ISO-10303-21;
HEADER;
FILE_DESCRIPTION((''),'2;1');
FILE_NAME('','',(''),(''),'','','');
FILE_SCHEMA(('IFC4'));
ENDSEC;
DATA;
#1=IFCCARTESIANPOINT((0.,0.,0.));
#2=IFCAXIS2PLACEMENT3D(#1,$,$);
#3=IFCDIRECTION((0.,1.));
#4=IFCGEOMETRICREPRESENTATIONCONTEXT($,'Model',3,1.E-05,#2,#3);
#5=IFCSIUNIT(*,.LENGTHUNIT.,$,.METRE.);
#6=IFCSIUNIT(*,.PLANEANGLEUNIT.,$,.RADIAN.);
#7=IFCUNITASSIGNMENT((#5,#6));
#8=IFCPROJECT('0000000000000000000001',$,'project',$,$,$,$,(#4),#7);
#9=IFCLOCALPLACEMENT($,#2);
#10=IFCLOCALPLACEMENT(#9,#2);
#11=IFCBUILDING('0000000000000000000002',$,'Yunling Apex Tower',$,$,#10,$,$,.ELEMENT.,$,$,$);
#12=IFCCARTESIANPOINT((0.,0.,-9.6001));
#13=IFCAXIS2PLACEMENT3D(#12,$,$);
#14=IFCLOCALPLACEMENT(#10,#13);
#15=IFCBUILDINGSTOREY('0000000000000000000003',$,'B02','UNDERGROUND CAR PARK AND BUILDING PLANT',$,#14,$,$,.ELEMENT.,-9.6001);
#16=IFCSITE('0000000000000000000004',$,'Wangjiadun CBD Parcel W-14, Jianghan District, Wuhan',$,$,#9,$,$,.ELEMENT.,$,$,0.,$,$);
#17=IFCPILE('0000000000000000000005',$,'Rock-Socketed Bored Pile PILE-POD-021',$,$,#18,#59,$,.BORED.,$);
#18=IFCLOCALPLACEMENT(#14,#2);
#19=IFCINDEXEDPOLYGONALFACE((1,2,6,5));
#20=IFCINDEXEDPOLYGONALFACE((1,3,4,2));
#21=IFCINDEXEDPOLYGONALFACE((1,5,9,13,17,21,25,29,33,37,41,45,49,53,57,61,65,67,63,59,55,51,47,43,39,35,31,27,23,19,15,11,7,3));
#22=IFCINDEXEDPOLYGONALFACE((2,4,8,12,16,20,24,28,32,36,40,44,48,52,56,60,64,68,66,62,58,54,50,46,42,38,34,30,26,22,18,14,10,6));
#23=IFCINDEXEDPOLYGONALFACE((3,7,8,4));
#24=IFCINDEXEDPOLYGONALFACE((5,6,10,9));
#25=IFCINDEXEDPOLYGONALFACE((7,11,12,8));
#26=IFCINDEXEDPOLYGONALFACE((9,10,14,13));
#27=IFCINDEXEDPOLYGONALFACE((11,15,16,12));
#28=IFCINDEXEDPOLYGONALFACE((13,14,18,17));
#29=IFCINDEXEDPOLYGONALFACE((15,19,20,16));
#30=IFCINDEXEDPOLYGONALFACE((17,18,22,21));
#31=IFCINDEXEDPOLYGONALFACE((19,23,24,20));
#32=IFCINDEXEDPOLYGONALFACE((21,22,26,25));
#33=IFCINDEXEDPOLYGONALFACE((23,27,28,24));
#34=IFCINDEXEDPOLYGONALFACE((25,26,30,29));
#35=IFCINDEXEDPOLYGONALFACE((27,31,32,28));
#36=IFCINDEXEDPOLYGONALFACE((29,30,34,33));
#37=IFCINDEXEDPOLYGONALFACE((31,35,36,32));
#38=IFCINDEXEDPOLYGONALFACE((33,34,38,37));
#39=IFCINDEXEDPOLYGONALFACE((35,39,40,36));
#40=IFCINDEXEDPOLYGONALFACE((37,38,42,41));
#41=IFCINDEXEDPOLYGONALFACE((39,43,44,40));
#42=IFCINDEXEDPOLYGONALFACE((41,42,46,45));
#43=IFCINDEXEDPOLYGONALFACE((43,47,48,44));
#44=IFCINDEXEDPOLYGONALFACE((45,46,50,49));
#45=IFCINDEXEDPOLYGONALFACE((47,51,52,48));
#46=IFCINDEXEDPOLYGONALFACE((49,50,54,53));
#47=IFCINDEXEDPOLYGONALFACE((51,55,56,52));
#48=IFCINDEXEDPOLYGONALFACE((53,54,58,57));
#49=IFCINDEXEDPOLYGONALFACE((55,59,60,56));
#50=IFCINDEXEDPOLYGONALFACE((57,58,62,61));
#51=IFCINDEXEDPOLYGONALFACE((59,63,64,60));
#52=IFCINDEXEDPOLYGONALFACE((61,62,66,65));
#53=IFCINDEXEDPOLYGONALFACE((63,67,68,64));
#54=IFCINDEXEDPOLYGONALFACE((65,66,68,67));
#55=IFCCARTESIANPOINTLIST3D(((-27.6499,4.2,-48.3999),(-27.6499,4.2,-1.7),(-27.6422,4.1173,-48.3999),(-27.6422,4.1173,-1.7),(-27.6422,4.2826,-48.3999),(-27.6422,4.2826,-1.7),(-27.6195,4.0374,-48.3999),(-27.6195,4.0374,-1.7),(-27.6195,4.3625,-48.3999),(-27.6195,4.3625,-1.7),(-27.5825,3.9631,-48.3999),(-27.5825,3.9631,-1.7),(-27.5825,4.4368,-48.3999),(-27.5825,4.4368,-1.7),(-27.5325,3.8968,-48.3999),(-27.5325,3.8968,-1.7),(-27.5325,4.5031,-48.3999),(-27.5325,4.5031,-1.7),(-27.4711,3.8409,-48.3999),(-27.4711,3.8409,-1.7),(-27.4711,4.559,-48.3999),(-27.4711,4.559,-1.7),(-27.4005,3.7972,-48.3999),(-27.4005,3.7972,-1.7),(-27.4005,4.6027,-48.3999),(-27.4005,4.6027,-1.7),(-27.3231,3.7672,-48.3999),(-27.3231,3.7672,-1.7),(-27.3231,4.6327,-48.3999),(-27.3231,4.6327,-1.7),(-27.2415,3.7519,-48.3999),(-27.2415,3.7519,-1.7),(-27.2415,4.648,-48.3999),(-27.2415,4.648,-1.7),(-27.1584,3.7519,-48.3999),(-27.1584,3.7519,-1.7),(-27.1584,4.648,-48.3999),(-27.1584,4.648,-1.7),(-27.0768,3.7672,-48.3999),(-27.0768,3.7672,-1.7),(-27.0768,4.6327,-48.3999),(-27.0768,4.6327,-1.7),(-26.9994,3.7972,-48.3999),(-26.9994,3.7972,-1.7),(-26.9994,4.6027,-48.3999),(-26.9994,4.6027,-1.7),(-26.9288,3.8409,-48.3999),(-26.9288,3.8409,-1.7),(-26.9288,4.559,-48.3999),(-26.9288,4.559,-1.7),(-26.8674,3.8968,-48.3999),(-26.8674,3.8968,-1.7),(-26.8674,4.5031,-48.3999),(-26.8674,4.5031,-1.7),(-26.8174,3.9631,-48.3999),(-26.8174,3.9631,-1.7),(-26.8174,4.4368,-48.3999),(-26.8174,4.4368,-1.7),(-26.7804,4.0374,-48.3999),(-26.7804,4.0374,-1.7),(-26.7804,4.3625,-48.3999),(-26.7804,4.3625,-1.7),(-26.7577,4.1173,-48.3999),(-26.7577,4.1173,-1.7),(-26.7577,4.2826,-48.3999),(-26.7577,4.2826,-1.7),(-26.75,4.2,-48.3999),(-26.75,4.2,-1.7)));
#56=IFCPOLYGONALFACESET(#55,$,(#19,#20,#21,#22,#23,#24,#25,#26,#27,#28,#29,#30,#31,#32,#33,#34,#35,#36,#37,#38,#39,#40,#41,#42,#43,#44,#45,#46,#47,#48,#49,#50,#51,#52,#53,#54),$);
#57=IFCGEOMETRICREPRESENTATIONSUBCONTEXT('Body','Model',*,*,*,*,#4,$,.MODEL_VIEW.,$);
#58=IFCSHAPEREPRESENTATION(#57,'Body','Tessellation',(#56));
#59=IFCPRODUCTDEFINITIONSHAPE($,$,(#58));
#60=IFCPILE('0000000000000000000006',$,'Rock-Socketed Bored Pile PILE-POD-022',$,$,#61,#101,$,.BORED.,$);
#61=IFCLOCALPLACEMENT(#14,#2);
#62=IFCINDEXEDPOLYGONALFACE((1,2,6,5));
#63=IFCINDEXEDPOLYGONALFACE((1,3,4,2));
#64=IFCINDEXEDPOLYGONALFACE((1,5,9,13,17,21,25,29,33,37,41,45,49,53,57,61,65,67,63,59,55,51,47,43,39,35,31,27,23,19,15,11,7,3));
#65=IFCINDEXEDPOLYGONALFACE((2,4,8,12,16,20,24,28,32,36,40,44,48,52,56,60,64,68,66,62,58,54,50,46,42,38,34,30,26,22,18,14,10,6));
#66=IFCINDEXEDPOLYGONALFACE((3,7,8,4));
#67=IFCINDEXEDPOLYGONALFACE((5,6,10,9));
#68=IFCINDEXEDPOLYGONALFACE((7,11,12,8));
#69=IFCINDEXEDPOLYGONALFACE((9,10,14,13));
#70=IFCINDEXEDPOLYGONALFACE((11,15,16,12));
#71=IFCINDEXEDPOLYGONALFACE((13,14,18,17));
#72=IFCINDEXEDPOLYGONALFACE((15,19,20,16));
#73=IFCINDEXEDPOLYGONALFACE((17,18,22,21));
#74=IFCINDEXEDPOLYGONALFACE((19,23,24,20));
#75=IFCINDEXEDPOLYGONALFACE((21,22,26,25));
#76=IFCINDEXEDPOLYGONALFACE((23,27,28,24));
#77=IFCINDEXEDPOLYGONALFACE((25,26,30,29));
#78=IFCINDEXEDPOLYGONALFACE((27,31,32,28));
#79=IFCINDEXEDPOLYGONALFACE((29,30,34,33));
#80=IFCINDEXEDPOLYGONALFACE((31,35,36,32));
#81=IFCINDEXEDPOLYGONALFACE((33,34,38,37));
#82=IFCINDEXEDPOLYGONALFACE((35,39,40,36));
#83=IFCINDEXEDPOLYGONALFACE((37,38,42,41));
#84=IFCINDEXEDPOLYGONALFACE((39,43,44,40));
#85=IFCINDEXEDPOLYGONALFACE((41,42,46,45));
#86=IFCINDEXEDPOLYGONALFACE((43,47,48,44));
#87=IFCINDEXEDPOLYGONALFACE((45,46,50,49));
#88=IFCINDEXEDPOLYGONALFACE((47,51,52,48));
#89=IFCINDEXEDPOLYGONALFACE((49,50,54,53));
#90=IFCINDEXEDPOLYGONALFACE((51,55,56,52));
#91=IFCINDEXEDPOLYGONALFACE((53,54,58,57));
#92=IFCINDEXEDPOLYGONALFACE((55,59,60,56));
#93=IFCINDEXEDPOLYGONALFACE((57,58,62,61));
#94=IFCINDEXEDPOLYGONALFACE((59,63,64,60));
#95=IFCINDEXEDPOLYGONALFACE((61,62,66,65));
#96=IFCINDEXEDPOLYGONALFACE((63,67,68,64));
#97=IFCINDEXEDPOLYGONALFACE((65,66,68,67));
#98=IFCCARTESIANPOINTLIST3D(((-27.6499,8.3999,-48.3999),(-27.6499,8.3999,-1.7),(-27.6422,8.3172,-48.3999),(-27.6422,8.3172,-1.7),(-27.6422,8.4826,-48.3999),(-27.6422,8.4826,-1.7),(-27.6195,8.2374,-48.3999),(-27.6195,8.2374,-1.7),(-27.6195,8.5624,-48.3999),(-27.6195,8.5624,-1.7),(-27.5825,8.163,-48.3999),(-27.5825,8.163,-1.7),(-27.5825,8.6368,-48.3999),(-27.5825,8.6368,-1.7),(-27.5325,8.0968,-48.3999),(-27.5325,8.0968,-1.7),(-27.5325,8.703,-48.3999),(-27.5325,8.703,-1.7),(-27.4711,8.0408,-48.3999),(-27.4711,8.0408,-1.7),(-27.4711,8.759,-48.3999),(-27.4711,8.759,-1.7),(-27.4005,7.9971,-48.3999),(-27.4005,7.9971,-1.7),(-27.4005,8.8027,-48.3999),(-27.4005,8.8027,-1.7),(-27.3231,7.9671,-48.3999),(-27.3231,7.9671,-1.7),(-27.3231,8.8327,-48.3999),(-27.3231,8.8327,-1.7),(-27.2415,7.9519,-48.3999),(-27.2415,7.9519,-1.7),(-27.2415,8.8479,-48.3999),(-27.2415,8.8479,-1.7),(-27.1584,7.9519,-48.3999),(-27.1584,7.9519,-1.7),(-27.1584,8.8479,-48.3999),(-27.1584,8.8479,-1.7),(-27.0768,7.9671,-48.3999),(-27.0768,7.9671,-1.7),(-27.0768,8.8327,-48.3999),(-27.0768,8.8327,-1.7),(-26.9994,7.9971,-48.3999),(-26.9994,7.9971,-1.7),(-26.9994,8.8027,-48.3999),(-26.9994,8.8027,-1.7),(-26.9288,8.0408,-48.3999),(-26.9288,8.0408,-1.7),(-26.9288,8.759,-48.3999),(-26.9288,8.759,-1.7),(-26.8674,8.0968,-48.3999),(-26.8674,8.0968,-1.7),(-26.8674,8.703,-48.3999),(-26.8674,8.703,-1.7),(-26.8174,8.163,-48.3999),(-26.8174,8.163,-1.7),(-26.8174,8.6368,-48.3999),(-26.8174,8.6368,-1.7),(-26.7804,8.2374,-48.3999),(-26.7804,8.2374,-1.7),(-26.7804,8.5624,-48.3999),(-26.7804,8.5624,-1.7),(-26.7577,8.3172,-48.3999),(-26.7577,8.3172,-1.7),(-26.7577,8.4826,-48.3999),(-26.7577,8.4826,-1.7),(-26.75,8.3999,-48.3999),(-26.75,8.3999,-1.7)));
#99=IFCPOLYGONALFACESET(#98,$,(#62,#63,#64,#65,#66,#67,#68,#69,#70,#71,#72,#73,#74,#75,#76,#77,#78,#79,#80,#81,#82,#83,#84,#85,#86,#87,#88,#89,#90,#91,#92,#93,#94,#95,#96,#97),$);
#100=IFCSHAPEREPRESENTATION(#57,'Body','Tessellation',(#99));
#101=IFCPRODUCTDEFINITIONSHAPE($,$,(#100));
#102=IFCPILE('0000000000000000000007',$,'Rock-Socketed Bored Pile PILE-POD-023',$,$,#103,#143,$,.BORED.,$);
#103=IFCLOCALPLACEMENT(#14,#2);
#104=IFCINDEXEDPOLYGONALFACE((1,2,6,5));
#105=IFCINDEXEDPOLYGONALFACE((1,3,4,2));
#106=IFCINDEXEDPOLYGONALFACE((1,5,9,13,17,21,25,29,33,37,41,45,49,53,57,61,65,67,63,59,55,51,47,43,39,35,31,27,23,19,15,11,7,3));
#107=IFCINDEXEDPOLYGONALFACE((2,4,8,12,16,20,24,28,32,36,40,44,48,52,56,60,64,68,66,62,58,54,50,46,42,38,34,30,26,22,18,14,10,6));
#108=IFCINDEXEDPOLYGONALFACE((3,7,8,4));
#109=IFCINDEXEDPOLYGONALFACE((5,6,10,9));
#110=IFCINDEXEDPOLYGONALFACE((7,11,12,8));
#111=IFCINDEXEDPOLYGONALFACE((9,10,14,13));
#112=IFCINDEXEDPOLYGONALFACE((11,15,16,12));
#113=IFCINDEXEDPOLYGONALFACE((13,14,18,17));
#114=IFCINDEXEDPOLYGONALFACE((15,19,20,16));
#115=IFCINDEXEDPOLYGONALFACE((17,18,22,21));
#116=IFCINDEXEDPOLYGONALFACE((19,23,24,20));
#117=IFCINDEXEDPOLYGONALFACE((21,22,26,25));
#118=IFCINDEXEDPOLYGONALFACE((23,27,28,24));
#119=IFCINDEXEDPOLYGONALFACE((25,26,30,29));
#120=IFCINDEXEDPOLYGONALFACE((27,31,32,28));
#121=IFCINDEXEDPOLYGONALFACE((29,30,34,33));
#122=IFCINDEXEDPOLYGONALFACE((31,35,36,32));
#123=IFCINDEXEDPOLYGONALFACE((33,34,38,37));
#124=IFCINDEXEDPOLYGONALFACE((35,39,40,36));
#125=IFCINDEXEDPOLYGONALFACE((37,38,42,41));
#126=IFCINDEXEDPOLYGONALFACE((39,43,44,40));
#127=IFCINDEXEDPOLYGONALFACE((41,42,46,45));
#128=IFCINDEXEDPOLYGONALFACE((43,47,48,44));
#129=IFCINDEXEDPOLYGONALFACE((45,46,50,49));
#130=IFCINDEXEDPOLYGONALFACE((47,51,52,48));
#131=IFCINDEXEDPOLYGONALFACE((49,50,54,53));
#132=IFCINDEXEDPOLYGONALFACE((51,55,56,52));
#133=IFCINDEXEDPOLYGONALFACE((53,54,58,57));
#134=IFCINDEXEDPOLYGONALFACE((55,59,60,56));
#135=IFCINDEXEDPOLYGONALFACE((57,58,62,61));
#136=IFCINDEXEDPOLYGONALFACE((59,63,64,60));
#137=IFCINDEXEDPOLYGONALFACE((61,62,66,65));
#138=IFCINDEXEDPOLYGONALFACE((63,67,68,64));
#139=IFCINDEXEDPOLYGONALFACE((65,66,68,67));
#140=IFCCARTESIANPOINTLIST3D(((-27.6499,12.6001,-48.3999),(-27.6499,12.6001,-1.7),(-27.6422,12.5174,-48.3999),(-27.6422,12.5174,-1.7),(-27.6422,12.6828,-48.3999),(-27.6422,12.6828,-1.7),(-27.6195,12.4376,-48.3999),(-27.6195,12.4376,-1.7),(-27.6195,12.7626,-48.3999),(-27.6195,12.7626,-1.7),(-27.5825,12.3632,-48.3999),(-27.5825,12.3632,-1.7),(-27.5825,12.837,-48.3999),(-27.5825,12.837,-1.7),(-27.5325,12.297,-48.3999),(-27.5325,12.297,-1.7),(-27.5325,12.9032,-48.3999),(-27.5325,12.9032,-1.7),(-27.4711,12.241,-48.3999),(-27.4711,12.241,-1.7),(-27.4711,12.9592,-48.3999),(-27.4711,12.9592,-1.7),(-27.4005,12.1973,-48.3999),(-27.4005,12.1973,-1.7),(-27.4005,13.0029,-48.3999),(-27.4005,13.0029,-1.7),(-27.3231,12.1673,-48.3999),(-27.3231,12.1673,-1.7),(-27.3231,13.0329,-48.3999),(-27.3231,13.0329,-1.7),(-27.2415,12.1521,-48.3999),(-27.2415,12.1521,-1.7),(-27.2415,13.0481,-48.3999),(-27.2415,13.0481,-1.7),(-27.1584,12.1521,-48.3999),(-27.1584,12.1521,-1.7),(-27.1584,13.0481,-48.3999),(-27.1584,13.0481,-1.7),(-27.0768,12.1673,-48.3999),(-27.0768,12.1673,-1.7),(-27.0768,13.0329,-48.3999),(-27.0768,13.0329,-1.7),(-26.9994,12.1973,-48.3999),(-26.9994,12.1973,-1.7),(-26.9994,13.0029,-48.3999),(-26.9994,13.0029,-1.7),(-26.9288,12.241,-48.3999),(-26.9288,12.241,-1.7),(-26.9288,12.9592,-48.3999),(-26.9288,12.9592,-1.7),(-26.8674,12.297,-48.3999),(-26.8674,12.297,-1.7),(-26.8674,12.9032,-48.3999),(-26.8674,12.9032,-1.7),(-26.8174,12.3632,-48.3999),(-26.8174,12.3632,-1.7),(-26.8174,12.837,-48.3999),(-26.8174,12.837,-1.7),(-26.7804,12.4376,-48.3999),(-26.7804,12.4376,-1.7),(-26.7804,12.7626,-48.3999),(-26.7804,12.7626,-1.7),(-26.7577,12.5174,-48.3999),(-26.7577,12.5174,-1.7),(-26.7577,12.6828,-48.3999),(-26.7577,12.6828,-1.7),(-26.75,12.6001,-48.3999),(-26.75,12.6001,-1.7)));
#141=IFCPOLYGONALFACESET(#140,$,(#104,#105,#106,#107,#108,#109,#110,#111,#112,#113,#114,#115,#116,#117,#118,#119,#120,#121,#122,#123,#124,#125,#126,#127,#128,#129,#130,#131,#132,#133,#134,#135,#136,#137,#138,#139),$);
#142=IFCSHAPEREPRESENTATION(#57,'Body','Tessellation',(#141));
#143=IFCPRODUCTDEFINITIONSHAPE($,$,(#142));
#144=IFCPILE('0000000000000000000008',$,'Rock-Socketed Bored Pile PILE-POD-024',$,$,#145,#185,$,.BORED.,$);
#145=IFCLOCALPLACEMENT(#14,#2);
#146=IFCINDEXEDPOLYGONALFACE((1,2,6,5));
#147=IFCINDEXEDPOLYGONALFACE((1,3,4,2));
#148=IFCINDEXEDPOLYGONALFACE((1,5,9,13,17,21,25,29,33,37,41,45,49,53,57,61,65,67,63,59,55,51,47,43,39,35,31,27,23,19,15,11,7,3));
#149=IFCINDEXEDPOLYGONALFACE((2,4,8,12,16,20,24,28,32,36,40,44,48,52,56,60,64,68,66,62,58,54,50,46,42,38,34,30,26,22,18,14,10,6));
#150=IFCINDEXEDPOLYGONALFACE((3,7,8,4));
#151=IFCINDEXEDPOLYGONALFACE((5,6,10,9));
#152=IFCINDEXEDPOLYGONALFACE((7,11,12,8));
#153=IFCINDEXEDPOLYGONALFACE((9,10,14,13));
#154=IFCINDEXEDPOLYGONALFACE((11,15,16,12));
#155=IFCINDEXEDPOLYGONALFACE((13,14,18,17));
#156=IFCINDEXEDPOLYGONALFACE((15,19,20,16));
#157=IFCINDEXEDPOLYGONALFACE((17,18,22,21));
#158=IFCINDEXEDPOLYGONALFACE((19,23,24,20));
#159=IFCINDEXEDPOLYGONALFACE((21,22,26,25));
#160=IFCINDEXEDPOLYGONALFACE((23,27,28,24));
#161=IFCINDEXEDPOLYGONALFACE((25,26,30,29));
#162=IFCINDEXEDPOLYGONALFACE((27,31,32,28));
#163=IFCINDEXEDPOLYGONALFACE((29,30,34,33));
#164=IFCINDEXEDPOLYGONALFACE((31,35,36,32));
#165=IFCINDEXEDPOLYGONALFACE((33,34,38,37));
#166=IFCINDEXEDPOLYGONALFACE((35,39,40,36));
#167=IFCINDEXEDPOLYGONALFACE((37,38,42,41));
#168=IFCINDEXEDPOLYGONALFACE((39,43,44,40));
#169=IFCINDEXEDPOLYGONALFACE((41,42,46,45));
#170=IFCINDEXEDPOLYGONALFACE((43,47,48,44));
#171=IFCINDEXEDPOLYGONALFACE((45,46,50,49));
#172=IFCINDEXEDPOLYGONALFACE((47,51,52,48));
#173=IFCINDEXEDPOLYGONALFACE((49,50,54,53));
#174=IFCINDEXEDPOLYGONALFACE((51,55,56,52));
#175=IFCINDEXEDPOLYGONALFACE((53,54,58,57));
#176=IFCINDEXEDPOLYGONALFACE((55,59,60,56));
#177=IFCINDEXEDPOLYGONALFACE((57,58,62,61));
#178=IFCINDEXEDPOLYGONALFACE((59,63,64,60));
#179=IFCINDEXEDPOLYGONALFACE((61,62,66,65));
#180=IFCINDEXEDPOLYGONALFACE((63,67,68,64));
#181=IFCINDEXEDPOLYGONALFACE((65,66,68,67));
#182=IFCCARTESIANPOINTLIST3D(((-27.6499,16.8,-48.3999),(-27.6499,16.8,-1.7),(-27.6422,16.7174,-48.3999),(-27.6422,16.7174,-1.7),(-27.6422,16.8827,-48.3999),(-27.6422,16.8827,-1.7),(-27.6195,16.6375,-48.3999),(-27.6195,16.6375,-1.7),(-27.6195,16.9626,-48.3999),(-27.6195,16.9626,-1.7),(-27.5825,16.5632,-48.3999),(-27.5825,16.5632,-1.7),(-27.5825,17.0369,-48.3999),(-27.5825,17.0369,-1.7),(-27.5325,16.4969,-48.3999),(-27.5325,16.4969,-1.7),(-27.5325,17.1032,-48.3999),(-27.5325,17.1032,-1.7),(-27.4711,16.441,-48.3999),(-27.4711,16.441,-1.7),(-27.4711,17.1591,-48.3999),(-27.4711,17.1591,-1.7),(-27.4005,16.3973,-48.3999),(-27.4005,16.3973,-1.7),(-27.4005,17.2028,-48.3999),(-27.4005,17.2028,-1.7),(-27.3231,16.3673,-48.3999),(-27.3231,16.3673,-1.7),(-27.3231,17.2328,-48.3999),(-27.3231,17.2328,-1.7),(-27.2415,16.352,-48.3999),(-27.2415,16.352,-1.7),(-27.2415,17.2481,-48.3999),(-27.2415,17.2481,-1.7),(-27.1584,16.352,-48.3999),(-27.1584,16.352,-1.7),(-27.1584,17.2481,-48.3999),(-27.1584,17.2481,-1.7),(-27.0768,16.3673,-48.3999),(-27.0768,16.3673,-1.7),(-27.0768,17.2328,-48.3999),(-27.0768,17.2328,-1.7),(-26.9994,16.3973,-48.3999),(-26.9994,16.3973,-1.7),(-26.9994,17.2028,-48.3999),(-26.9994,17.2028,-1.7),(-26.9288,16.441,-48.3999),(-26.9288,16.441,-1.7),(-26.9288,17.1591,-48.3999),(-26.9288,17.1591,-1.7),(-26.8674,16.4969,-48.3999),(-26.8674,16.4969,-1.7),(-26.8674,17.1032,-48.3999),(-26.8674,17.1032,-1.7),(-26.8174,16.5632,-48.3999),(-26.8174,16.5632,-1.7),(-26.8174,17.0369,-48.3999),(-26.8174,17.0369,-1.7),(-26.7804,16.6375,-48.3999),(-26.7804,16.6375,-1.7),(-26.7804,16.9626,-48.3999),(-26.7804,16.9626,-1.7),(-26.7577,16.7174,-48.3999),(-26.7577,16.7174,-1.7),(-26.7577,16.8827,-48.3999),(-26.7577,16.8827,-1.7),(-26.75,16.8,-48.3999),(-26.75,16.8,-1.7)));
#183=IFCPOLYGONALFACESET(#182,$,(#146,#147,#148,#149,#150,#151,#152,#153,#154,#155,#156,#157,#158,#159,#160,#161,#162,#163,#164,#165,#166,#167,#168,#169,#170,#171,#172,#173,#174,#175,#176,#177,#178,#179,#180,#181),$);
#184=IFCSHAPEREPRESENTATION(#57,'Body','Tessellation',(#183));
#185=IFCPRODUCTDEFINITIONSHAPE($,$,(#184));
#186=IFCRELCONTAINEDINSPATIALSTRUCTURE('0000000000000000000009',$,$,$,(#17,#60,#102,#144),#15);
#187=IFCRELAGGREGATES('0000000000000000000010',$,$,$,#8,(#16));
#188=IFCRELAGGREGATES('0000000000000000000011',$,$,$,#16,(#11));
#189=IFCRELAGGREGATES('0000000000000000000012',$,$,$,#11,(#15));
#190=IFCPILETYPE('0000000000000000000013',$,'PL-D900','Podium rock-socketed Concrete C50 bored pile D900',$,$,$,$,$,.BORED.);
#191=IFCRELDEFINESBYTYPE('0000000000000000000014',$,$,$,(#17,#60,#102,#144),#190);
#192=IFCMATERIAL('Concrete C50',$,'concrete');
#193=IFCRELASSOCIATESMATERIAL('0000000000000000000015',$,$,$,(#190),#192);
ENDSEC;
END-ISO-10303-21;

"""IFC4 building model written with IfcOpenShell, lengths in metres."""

from ifc_helpers import new_model, si_unit, direction, frame, origin, origin_2d, place, context, subcontext, project, spatial, circle, extrude, source, transform, mapped, material, material_profile, profile_set, type_object, element, save


model = new_model("IFC4")

# Units and contexts
model_context = context("Model", 3, precision=1e-05, world=origin(), true_north=direction((0.0, 1.0)))
body_context = subcontext(model_context, "Body", "Model", "MODEL_VIEW")
ifc_project = project(units=[si_unit("LENGTHUNIT", "METRE"), si_unit("PLANEANGLEUNIT", "RADIAN")], contexts=[model_context])

# Site, building, storey
site_placement = place(None, origin())
site = spatial("IfcSite", under=ifc_project, at=site_placement, Name="Wangjiadun CBD Parcel W-14, Jianghan District, Wuhan", CompositionType="ELEMENT", RefElevation=0.0)
building_placement = place(site_placement, origin())
building = spatial("IfcBuilding", under=site, at=building_placement, Name="Yunling Apex Tower", CompositionType="ELEMENT")
storey_placement = place(building_placement, frame((0.0, 0.0, -9.6001)))
storey = spatial("IfcBuildingStorey", under=building, at=storey_placement, Name="B02", Description="UNDERGROUND CAR PARK AND BUILDING PLANT", CompositionType="ELEMENT", Elevation=-9.6001)

# Shared definitions
ifc_material_1 = material(Name="Concrete C50", Category="concrete")

# Piles
ifc_material_profile_1 = material_profile(ifc_material_1, circle(Radius=0.45, at=origin_2d()))
ifc_profile_set_1 = profile_set([ifc_material_profile_1], Name="Concrete C50")
pile_type = type_object("IfcPileType", Name="PL-D900", Description="Podium rock-socketed Concrete C50 bored pile D900", PredefinedType="BORED", material=ifc_profile_set_1)
shared_shape_1 = source(origin(), body_context, "Body", "SweptSolid", [
    extrude(circle(Radius=0.45, at=origin_2d()), origin(), (0.0, 0.0, 1.0), 46.7),
])
for number, where, z_axis, x_axis, name in (
    (1, (-27.2, 4.2, -1.7), (0.0, 0.0, -1.0), (1.0, 0.0, 0.0), "Rock-Socketed Bored Pile PILE-POD-021"),
    (2, (-27.2, 8.3999, -1.7), (0.0, 0.0, -1.0), (1.0, 0.0, 0.0), "Rock-Socketed Bored Pile PILE-POD-022"),
    (3, (-27.2, 12.6001, -1.7), (0.0, 0.0, -1.0), (1.0, 0.0, 0.0), "Rock-Socketed Bored Pile PILE-POD-023"),
    (4, (-27.2, 16.8, -1.7), (0.0, 0.0, -1.0), (1.0, 0.0, 0.0), "Rock-Socketed Bored Pile PILE-POD-024"),
):
    element("IfcPile", number, at=place(storey_placement, frame(where, z_axis=z_axis, x_axis=x_axis)), inside=storey, type_object=pile_type, Name=name, PredefinedType="BORED", context=body_context, shape_type="MappedRepresentation", body=[
        mapped(shared_shape_1, transform((0.0, 0.0, 0.0), scale=1.0)),
    ])

save(model, "model.ifc")
